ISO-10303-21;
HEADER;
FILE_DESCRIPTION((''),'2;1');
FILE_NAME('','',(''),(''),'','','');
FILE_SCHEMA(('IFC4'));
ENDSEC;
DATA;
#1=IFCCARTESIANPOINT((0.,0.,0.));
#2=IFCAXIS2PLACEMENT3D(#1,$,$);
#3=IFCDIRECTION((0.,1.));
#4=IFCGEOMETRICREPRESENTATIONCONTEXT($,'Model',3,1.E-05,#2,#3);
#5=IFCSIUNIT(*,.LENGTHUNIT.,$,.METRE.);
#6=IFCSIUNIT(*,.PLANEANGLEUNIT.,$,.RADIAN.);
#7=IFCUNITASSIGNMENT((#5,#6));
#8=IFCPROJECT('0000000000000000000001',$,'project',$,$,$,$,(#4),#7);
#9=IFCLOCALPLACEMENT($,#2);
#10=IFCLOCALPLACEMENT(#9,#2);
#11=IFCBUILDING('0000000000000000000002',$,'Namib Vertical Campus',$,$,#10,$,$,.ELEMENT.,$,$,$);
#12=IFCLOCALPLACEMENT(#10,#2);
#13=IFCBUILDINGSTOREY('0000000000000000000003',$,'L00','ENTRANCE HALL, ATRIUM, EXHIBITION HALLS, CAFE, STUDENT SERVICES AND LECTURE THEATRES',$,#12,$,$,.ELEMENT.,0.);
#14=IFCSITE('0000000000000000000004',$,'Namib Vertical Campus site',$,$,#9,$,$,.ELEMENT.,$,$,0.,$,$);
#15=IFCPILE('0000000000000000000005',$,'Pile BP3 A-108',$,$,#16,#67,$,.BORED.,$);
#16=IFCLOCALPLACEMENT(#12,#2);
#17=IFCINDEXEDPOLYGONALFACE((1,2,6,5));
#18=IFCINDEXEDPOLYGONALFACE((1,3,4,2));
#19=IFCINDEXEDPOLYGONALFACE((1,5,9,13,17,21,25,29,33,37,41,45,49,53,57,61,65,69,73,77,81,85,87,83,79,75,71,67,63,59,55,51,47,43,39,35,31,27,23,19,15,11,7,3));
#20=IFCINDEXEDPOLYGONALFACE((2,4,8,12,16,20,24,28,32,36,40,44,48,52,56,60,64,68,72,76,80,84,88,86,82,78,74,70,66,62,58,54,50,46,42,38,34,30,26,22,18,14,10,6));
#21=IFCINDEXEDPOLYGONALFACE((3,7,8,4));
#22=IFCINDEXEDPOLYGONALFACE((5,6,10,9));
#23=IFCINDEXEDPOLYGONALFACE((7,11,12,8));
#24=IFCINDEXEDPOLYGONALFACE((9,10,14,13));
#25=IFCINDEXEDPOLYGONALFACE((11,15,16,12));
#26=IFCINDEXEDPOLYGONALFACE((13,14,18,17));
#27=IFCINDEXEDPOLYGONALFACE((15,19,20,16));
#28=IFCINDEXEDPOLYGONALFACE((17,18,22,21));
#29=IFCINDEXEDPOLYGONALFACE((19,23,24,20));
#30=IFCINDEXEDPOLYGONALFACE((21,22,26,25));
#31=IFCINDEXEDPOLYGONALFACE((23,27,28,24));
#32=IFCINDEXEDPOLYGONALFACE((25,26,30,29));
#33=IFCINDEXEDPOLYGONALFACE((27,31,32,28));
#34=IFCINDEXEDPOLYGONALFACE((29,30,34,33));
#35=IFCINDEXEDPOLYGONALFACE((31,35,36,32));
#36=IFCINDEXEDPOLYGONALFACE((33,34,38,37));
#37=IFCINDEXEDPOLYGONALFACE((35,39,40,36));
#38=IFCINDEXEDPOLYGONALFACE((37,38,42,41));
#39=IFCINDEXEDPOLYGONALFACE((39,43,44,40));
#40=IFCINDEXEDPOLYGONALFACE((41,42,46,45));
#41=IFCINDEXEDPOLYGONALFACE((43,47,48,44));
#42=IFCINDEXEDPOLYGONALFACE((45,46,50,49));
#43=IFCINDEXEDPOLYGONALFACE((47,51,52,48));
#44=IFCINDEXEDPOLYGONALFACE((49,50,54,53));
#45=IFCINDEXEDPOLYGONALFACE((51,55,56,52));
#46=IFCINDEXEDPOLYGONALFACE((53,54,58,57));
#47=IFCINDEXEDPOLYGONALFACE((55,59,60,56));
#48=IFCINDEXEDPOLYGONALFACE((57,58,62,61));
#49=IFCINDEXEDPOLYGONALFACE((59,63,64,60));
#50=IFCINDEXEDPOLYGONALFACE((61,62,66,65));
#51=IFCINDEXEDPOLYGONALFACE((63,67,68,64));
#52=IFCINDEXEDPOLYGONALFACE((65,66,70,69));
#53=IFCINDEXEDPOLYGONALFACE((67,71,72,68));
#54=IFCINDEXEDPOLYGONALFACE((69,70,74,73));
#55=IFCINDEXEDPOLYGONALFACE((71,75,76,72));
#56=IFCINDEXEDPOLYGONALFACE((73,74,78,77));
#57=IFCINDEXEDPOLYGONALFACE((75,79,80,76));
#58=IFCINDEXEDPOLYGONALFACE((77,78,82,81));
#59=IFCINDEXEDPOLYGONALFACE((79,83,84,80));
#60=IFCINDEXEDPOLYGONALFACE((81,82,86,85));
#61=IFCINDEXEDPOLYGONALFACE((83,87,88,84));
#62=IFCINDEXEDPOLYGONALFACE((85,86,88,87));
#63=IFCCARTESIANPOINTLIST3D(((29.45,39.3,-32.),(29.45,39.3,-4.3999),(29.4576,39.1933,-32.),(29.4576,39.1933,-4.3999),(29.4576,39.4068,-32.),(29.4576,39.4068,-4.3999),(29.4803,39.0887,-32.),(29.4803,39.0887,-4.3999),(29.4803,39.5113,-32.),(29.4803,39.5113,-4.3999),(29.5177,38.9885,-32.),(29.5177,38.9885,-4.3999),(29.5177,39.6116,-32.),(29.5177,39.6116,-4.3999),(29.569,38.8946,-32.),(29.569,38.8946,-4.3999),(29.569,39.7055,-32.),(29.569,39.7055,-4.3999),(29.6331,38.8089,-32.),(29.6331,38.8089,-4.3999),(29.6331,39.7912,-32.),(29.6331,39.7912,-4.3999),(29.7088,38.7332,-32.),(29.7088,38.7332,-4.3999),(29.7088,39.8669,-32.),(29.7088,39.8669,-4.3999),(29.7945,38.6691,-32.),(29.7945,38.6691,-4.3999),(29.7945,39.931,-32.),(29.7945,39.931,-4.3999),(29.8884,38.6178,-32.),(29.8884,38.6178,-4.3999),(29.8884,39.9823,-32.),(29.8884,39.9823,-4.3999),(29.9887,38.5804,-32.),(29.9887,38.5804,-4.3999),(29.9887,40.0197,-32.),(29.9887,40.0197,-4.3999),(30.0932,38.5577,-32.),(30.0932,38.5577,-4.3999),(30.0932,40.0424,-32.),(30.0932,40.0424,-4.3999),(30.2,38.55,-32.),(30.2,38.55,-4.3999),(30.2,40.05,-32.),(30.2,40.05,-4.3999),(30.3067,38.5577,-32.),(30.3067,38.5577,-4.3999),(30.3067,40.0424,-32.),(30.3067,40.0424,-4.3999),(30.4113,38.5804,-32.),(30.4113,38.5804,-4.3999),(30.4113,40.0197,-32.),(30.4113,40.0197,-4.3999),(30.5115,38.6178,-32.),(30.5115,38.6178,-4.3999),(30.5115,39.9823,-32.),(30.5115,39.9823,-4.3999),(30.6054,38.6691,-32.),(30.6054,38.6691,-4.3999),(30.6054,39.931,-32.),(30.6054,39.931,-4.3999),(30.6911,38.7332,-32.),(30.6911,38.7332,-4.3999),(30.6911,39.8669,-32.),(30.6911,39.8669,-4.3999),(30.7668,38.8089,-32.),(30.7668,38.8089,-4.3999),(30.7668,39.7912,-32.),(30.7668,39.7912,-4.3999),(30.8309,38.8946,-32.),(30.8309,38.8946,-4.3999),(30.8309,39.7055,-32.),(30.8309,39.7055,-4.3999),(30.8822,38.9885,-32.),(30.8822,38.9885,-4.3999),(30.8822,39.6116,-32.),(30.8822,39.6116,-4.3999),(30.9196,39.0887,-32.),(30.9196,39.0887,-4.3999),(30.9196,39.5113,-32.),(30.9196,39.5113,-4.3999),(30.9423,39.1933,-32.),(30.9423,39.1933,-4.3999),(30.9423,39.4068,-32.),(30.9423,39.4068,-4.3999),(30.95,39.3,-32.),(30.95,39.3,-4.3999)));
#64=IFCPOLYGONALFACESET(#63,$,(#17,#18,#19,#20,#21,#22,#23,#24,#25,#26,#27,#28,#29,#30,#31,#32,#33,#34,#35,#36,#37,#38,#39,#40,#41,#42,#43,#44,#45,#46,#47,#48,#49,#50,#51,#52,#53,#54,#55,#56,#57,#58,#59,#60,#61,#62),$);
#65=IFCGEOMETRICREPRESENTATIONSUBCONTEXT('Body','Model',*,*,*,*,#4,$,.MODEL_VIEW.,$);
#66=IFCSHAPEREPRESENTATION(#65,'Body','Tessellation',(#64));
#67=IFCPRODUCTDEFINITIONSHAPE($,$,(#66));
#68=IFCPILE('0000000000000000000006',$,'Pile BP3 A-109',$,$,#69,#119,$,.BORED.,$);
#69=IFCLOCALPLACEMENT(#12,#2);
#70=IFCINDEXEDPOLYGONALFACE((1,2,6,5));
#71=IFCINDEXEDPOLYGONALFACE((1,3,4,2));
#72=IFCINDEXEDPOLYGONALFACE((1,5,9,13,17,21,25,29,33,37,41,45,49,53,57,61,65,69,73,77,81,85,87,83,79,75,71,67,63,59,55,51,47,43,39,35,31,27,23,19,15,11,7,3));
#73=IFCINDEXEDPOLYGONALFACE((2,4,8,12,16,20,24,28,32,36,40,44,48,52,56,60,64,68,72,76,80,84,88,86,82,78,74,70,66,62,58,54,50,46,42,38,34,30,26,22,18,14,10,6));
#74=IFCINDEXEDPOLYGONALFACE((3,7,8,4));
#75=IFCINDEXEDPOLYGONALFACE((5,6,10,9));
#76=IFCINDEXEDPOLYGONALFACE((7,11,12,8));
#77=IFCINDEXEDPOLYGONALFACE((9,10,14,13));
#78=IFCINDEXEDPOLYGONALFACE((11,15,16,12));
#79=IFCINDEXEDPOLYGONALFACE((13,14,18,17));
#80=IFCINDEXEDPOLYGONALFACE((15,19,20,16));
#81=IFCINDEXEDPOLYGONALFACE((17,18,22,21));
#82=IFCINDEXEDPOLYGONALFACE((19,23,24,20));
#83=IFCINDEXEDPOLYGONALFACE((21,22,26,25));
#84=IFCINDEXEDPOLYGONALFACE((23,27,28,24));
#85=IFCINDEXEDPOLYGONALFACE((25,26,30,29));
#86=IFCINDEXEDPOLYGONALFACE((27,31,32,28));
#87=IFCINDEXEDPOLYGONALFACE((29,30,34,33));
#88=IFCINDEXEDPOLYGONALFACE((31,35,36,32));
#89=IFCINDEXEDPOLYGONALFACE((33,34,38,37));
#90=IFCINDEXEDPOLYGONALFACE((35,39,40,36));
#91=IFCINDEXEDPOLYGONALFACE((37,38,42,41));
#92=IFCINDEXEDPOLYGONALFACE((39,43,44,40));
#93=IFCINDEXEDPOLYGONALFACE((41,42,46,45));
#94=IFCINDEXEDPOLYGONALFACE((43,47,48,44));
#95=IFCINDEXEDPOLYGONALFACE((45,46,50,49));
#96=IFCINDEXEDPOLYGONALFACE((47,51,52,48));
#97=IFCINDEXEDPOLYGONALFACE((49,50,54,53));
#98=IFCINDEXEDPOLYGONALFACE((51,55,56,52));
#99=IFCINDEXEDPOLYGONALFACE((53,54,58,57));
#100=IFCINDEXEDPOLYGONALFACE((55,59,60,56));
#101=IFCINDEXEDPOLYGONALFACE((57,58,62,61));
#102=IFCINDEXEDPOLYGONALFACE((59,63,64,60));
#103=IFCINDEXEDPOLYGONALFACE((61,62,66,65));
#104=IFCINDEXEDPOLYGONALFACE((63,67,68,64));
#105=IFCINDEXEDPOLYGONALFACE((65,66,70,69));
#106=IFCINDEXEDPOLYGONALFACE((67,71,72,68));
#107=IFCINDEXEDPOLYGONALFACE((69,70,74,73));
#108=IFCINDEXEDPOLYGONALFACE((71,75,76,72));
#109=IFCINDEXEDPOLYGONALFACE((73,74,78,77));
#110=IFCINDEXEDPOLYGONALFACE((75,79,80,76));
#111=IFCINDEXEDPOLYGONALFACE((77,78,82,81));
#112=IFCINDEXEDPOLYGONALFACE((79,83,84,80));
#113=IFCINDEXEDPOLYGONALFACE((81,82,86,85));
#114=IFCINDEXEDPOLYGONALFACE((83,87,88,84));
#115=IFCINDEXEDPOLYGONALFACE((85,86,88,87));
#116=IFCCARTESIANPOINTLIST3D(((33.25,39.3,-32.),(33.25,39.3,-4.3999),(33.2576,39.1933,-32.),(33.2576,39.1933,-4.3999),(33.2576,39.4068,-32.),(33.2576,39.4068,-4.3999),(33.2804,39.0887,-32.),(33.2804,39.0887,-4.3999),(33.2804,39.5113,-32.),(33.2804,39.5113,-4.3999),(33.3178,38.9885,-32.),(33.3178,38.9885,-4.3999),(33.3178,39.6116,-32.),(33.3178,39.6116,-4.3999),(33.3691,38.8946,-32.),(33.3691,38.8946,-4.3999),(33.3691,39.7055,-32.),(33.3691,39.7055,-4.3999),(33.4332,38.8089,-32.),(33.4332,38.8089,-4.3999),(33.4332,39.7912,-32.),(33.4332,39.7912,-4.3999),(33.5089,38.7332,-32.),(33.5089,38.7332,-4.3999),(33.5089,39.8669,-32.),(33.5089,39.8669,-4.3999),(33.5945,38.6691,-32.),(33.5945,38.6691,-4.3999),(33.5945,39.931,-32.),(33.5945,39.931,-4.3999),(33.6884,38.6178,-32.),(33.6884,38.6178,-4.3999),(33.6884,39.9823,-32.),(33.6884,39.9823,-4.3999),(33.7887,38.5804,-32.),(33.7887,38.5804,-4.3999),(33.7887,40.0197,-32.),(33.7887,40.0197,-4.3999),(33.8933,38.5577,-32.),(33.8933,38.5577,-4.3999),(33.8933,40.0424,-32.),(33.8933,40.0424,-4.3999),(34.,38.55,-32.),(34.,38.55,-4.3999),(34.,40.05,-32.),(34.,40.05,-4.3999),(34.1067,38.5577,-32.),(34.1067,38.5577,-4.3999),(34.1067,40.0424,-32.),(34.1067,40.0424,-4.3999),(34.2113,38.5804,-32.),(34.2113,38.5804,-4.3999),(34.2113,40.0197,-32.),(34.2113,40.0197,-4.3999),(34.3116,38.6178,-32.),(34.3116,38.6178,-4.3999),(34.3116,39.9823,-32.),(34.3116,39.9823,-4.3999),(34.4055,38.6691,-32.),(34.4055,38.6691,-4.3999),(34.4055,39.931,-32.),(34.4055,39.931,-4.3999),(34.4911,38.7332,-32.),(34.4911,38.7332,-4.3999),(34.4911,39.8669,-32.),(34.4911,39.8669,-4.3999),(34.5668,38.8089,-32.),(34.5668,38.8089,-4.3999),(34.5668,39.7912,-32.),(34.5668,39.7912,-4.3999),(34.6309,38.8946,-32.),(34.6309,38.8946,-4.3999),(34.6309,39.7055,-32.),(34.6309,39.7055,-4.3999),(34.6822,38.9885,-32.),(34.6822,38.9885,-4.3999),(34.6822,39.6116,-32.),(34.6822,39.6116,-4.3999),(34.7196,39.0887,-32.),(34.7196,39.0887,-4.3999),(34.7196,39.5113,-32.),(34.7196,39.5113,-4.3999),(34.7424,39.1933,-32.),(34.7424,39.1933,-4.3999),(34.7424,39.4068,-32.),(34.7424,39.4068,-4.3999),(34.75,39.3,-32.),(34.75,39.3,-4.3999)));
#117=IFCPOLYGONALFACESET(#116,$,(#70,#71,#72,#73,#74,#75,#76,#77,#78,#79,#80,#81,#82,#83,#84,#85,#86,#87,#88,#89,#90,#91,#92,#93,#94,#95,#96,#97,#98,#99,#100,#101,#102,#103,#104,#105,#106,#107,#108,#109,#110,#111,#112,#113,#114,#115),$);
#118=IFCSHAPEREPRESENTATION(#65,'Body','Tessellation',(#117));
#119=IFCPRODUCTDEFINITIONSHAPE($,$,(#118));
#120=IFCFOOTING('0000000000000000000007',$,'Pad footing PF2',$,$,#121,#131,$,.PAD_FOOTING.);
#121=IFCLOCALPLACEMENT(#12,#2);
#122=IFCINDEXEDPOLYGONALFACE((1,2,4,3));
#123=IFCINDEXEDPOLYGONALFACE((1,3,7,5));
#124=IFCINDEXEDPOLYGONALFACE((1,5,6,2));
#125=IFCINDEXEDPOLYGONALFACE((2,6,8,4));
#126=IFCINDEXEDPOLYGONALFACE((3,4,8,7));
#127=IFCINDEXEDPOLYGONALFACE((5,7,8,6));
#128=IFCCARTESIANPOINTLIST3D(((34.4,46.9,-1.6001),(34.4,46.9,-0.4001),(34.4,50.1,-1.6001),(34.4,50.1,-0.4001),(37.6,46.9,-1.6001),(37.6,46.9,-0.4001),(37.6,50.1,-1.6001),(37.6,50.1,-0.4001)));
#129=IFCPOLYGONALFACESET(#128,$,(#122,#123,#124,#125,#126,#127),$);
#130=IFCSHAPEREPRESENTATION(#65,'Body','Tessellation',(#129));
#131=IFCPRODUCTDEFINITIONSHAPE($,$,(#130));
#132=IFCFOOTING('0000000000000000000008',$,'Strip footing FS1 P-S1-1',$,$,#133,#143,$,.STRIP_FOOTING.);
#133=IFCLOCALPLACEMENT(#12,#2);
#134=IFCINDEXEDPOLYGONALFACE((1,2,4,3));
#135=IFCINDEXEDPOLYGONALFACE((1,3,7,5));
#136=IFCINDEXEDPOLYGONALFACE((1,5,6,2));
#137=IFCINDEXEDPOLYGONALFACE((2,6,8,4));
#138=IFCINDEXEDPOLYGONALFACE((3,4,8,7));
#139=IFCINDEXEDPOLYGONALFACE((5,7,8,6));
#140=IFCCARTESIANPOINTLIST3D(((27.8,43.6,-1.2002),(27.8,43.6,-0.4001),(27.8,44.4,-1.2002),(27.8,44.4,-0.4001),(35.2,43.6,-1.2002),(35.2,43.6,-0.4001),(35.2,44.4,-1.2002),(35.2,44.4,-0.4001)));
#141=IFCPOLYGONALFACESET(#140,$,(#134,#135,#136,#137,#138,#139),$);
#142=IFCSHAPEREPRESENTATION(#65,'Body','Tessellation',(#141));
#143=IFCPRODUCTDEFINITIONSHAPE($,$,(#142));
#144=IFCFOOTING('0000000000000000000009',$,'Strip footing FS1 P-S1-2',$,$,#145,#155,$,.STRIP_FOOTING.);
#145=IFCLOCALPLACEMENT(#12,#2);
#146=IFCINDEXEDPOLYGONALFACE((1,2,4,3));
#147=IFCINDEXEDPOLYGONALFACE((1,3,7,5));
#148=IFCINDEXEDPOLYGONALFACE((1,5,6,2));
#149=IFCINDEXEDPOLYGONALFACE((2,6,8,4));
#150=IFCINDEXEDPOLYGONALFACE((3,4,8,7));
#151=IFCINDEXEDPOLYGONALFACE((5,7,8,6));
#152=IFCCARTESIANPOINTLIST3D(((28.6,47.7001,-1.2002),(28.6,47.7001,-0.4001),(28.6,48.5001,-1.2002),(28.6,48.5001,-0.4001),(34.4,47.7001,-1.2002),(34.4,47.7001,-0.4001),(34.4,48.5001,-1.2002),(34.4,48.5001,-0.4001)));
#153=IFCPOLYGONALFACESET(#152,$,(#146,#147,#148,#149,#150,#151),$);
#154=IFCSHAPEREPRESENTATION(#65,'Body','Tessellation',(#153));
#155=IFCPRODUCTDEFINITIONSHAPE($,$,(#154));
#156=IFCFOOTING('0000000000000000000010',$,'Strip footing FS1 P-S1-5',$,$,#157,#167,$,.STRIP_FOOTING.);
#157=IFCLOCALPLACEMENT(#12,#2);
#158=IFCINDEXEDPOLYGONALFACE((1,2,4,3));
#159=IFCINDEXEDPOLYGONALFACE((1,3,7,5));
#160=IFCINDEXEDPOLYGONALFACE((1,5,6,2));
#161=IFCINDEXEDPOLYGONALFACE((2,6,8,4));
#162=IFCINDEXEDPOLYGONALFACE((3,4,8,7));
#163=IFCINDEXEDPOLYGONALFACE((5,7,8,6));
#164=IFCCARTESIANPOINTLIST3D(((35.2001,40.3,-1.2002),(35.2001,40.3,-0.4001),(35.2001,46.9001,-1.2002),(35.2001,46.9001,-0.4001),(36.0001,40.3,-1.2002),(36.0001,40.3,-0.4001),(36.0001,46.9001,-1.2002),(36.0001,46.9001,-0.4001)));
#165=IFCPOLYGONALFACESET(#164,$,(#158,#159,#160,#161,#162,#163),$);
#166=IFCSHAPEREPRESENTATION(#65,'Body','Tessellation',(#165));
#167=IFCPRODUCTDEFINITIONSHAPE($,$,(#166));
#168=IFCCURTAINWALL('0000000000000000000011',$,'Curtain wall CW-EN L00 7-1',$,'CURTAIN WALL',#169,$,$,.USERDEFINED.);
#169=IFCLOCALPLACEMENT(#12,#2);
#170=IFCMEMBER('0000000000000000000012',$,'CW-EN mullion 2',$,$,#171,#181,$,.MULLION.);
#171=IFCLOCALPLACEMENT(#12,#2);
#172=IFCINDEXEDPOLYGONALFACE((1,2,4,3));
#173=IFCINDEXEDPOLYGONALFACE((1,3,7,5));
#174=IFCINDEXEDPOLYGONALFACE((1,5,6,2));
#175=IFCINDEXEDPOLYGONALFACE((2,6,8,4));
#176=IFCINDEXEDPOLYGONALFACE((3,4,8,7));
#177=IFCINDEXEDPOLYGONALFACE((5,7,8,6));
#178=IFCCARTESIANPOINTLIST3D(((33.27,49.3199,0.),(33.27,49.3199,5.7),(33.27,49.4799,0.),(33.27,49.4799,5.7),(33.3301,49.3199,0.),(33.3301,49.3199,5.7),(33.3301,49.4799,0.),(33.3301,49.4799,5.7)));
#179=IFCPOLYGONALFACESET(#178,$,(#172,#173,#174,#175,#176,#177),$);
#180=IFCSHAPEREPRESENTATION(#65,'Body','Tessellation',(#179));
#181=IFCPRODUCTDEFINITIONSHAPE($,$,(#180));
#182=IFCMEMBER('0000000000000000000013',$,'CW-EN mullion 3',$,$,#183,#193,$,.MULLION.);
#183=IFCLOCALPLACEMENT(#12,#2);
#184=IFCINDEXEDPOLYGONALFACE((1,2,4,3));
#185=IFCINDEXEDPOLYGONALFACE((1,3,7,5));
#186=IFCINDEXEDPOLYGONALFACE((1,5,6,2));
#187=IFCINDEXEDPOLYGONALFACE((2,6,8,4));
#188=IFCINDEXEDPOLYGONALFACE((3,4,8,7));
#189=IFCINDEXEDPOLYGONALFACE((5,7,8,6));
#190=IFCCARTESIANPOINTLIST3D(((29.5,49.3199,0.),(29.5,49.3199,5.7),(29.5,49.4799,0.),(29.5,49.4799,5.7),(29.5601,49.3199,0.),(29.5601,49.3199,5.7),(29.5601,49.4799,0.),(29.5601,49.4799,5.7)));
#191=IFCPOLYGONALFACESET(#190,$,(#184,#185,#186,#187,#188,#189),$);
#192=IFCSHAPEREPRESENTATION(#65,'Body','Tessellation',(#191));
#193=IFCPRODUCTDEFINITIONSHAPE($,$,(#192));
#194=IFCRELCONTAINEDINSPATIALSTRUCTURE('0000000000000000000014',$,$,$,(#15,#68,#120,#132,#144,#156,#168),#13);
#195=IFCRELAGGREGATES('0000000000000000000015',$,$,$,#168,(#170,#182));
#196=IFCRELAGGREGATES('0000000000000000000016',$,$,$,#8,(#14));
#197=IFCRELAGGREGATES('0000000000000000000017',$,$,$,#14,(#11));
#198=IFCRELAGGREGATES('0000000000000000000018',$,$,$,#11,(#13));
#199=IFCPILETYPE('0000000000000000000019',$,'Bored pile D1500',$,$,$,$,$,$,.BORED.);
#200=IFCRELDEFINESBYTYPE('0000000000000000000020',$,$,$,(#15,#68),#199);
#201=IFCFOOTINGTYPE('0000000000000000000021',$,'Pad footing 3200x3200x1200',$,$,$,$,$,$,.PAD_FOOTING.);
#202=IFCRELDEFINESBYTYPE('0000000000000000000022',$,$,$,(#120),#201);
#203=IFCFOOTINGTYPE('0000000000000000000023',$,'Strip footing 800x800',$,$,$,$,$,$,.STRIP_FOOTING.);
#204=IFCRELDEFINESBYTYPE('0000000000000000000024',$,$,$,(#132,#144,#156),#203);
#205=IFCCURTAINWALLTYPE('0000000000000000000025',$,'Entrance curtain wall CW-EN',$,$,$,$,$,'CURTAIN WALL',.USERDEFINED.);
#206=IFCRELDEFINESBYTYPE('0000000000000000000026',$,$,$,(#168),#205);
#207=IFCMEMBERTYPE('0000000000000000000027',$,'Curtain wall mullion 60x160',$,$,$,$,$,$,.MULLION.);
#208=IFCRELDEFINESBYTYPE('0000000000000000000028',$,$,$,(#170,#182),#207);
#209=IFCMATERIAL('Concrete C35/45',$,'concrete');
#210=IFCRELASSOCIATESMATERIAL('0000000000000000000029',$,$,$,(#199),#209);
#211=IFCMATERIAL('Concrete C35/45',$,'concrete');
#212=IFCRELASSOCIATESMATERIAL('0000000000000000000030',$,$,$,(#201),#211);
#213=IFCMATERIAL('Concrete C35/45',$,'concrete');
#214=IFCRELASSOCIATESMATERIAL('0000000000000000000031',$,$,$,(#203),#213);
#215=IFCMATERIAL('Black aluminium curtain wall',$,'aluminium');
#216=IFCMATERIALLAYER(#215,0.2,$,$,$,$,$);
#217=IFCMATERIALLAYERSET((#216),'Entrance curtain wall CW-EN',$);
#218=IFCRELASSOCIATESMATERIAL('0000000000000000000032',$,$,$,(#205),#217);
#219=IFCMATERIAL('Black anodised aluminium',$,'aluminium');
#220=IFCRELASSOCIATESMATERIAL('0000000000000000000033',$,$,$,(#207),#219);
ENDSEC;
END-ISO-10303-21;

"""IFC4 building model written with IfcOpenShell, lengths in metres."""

from ifc_helpers import new_model, si_unit, direction, frame, origin, origin_2d, place, context, subcontext, project, spatial, rectangle, circle, extrude, material, layer, layer_set, material_profile, profile_set, type_object, element, aggregate, save


model = new_model("IFC4")

# Units and contexts
model_context = context("Model", 3, precision=1e-05, world=origin(), true_north=direction((0.0, 1.0)))
body_context = subcontext(model_context, "Body", "Model", "MODEL_VIEW")
ifc_project = project(units=[si_unit("LENGTHUNIT", "METRE"), si_unit("PLANEANGLEUNIT", "RADIAN")], contexts=[model_context])

# Site, building, storey
site_placement = place(None, origin())
site = spatial("IfcSite", under=ifc_project, at=site_placement, Name="Namib Vertical Campus site", CompositionType="ELEMENT", RefElevation=0.0)
building_placement = place(site_placement, origin())
building = spatial("IfcBuilding", under=site, at=building_placement, Name="Namib Vertical Campus", CompositionType="ELEMENT")
storey_placement = place(building_placement, origin())
storey = spatial("IfcBuildingStorey", under=building, at=storey_placement, Name="L00", Description="ENTRANCE HALL, ATRIUM, EXHIBITION HALLS, CAFE, STUDENT SERVICES AND LECTURE THEATRES", CompositionType="ELEMENT", Elevation=0.0)

# Piles
ifc_material_1 = material(Name="Concrete C35/45", Category="concrete")
ifc_material_profile_1 = material_profile(ifc_material_1, circle(Radius=0.75, at=origin_2d()))
ifc_profile_set_1 = profile_set([ifc_material_profile_1], Name="Concrete C35/45")
pile_type = type_object("IfcPileType", Name="Bored pile D1500", PredefinedType="BORED", material=ifc_profile_set_1)
for number, where, z_axis, x_axis, name in (
    (1, (30.2, 39.3, -4.3999), (0.0, 0.0, -1.0), (1.0, 0.0, 0.0), "Pile BP3 A-108"),
    (2, (34.0, 39.3, -4.3999), (0.0, 0.0, -1.0), (1.0, 0.0, 0.0), "Pile BP3 A-109"),
):
    element("IfcPile", number, at=place(storey_placement, frame(where, z_axis=z_axis, x_axis=x_axis)), inside=storey, type_object=pile_type, Name=name, PredefinedType="BORED", context=body_context, shape_type="SweptSolid", body=[
        extrude(circle(Radius=0.75, at=origin_2d()), origin(), (0.0, 0.0, 1.0), 27.6001),
    ])

# Footings
ifc_material_2 = material(Name="Concrete C35/45", Category="concrete")
footing_type_1 = type_object("IfcFootingType", Name="Pad footing 3200x3200x1200", PredefinedType="PAD_FOOTING", material=ifc_material_2)
footing_1_placement = place(storey_placement, frame((36.0, 48.5, -1.6001), z_axis=(0.0, 0.0, 1.0), x_axis=(1.0, 0.0, 0.0)))
element("IfcFooting", 3, at=footing_1_placement, inside=storey, type_object=footing_type_1, Name="Pad footing PF2", PredefinedType="PAD_FOOTING", context=body_context, shape_type="SweptSolid", body=[
    extrude(rectangle(XDim=3.2, YDim=3.2, at=origin_2d()), origin(), (0.0, 0.0, 1.0), 1.2),
])
ifc_material_3 = material(Name="Concrete C35/45", Category="concrete")
footing_type_2 = type_object("IfcFootingType", Name="Strip footing 800x800", PredefinedType="STRIP_FOOTING", material=ifc_material_3)
footing_2_placement = place(storey_placement, frame((31.5, 44.0, -1.2002), z_axis=(0.0, 0.0, 1.0), x_axis=(1.0, 0.0, 0.0)))
element("IfcFooting", 4, at=footing_2_placement, inside=storey, type_object=footing_type_2, Name="Strip footing FS1 P-S1-1", PredefinedType="STRIP_FOOTING", context=body_context, shape_type="SweptSolid", body=[
    extrude(rectangle(XDim=7.3999, YDim=0.8, at=origin_2d()), origin(), (0.0, 0.0, 1.0), 0.8),
])
footing_3_placement = place(storey_placement, frame((31.5, 48.1001, -1.2002), z_axis=(0.0, 0.0, 1.0), x_axis=(1.0, 0.0, 0.0)))
element("IfcFooting", 5, at=footing_3_placement, inside=storey, type_object=footing_type_2, Name="Strip footing FS1 P-S1-2", PredefinedType="STRIP_FOOTING", context=body_context, shape_type="SweptSolid", body=[
    extrude(rectangle(XDim=5.8, YDim=0.8, at=origin_2d()), origin(), (0.0, 0.0, 1.0), 0.8),
])
footing_4_placement = place(storey_placement, frame((35.6001, 43.6001, -1.2002), z_axis=(0.0, 0.0, 1.0), x_axis=(1.0, 0.0, 0.0)))
element("IfcFooting", 6, at=footing_4_placement, inside=storey, type_object=footing_type_2, Name="Strip footing FS1 P-S1-5", PredefinedType="STRIP_FOOTING", context=body_context, shape_type="SweptSolid", body=[
    extrude(rectangle(XDim=0.8, YDim=6.6001, at=origin_2d()), origin(), (0.0, 0.0, 1.0), 0.8),
])

# Curtain wall, members
ifc_material_4 = material(Name="Black aluminium curtain wall", Category="aluminium")
ifc_layer_1 = layer(ifc_material_4, 0.2)
ifc_layer_set_1 = layer_set([ifc_layer_1], Name="Entrance curtain wall CW-EN")
curtain_wall_type = type_object("IfcCurtainWallType", Name="Entrance curtain wall CW-EN", ElementType="CURTAIN WALL", PredefinedType="USERDEFINED", material=ifc_layer_set_1)
curtain_wall_placement = place(storey_placement, origin())
curtain_wall = element("IfcCurtainWall", 7, at=curtain_wall_placement, inside=storey, type_object=curtain_wall_type, Name="Curtain wall CW-EN L00 7-1", ObjectType="CURTAIN WALL", PredefinedType="USERDEFINED")
ifc_material_5 = material(Name="Black anodised aluminium", Category="aluminium")
ifc_material_profile_2 = material_profile(ifc_material_5, rectangle(XDim=0.0601, YDim=0.1599, at=origin_2d()))
ifc_profile_set_2 = profile_set([ifc_material_profile_2], Name="Black anodised aluminium")
member_type_1 = type_object("IfcMemberType", Name="Curtain wall mullion 60x160", PredefinedType="MULLION", material=ifc_profile_set_2)
member_1_placement = place(storey_placement, frame((33.3, 49.3999, 0.0), z_axis=(0.0, 0.0, 1.0), x_axis=(-1.0, 0.0, 0.0)))
member_1 = element("IfcMember", 8, at=member_1_placement, type_object=member_type_1, Name="CW-EN mullion 2", PredefinedType="MULLION", context=body_context, shape_type="SweptSolid", body=[
    extrude(rectangle(XDim=0.0601, YDim=0.1599, at=origin_2d()), origin(), (0.0, 0.0, 1.0), 5.7),
])
member_2_placement = place(storey_placement, frame((29.53, 49.3999, 0.0), z_axis=(0.0, 0.0, 1.0), x_axis=(-1.0, 0.0, 0.0)))
member_2 = element("IfcMember", 9, at=member_2_placement, type_object=member_type_1, Name="CW-EN mullion 3", PredefinedType="MULLION", context=body_context, shape_type="SweptSolid", body=[
    extrude(rectangle(XDim=0.0601, YDim=0.1599, at=origin_2d()), origin(), (0.0, 0.0, 1.0), 5.7),
])

aggregate(curtain_wall, [member_1, member_2])

save(model, "model.ifc")
